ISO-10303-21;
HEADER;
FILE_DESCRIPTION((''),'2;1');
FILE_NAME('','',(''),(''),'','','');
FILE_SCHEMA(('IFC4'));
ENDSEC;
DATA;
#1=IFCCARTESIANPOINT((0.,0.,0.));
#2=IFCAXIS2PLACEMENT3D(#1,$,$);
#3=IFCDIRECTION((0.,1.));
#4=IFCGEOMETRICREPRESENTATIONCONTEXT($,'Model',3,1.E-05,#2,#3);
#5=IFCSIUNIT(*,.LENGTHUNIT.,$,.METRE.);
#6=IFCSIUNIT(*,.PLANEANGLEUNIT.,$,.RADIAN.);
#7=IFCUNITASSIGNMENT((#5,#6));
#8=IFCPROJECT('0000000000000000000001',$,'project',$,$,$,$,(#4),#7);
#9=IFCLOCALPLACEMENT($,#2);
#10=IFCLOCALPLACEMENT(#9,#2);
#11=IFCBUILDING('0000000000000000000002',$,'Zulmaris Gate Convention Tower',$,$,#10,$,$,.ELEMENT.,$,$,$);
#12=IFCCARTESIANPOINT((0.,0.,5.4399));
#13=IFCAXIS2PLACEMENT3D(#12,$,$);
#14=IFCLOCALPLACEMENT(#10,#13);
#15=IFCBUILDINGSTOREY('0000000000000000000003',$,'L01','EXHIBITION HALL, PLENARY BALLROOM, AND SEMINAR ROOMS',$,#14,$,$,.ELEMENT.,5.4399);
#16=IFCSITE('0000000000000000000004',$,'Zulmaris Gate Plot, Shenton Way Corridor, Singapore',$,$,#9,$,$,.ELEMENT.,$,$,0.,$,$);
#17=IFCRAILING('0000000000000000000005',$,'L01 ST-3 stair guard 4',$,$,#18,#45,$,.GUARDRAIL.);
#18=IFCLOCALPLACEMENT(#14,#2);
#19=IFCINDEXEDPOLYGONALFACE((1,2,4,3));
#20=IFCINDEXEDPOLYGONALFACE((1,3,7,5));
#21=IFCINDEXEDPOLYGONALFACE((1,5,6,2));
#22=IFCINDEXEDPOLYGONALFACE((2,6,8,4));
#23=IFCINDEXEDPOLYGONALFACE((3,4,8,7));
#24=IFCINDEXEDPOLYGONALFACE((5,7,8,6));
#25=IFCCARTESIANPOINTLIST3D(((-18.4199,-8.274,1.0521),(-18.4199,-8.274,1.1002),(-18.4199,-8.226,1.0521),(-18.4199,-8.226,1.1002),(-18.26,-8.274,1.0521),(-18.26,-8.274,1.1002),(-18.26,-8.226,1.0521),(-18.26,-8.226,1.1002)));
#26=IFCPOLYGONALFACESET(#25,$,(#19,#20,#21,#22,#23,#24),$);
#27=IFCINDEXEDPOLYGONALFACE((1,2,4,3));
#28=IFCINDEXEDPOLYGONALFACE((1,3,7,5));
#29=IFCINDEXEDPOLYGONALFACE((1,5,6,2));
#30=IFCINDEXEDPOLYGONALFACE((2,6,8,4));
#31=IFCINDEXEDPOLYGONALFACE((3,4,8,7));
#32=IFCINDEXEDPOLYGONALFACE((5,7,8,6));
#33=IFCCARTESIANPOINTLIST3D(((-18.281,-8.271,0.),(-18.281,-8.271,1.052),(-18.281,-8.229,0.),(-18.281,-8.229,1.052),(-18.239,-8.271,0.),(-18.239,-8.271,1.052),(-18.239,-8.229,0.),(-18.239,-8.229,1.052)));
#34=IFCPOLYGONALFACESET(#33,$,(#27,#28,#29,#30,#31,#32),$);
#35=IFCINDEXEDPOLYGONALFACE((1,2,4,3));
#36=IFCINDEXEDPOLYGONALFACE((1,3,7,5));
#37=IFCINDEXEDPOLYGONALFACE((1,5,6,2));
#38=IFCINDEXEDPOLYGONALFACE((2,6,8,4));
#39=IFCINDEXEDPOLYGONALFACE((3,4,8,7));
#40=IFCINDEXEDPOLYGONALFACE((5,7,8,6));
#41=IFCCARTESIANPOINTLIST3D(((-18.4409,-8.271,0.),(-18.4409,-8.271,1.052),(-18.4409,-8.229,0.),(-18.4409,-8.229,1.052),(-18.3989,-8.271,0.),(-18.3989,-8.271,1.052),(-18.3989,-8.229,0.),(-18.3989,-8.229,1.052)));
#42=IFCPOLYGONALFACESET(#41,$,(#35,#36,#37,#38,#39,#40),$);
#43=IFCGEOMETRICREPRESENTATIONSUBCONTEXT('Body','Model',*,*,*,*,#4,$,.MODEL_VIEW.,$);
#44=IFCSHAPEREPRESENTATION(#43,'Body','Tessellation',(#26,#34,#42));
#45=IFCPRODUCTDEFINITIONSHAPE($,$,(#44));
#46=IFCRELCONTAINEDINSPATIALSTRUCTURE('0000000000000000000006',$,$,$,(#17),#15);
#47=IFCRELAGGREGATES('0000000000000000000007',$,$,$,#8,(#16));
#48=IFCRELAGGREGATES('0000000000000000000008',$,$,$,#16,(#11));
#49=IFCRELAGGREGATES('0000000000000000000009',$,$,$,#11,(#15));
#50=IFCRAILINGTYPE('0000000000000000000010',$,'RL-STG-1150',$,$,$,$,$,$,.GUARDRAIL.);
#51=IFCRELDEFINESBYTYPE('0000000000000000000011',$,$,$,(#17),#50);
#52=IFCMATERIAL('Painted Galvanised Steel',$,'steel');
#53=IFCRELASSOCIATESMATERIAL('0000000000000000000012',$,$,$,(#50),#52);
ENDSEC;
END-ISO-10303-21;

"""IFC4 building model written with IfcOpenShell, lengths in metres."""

from ifc_helpers import new_model, si_unit, direction, frame, origin, origin_2d, place, context, subcontext, project, spatial, rectangle, extrude, material, type_object, element, save


model = new_model("IFC4")

# Units and contexts
model_context = context("Model", 3, precision=1e-05, world=origin(), true_north=direction((0.0, 1.0)))
body_context = subcontext(model_context, "Body", "Model", "MODEL_VIEW")
ifc_project = project(units=[si_unit("LENGTHUNIT", "METRE"), si_unit("PLANEANGLEUNIT", "RADIAN")], contexts=[model_context])

# Site, building, storey
site_placement = place(None, origin())
site = spatial("IfcSite", under=ifc_project, at=site_placement, Name="Zulmaris Gate Plot, Shenton Way Corridor, Singapore", CompositionType="ELEMENT", RefElevation=0.0)
building_placement = place(site_placement, origin())
building = spatial("IfcBuilding", under=site, at=building_placement, Name="Zulmaris Gate Convention Tower", CompositionType="ELEMENT")
storey_placement = place(building_placement, frame((0.0, 0.0, 5.4399)))
storey = spatial("IfcBuildingStorey", under=building, at=storey_placement, Name="L01", Description="EXHIBITION HALL, PLENARY BALLROOM, AND SEMINAR ROOMS", CompositionType="ELEMENT", Elevation=5.4399)

# Railing
ifc_material_1 = material(Name="Painted Galvanised Steel", Category="steel")
railing_type = type_object("IfcRailingType", Name="RL-STG-1150", PredefinedType="GUARDRAIL", material=ifc_material_1)
railing_placement = place(storey_placement, frame((-18.26, -8.25, 0.0)))
element("IfcRailing", 1, at=railing_placement, inside=storey, type_object=railing_type, Name="L01 ST-3 stair guard 4", PredefinedType="GUARDRAIL", context=body_context, shape_type="SweptSolid", body=[
    extrude(rectangle(XDim=0.0481, YDim=0.0481, at=origin_2d()), frame((0.0, 0.0, 1.0762), z_axis=(-1.0, 0.0, 0.0), x_axis=(0.0, -1.0, 0.0)), (0.0, 0.0, 1.0), 0.1599),
    extrude(rectangle(XDim=0.042, YDim=0.042, at=origin_2d()), origin(), (0.0, 0.0, 1.0), 1.052),
    extrude(rectangle(XDim=0.042, YDim=0.042, at=origin_2d()), frame((-0.1599, 0.0, 0.0)), (0.0, 0.0, 1.0), 1.052),
])

save(model, "model.ifc")
